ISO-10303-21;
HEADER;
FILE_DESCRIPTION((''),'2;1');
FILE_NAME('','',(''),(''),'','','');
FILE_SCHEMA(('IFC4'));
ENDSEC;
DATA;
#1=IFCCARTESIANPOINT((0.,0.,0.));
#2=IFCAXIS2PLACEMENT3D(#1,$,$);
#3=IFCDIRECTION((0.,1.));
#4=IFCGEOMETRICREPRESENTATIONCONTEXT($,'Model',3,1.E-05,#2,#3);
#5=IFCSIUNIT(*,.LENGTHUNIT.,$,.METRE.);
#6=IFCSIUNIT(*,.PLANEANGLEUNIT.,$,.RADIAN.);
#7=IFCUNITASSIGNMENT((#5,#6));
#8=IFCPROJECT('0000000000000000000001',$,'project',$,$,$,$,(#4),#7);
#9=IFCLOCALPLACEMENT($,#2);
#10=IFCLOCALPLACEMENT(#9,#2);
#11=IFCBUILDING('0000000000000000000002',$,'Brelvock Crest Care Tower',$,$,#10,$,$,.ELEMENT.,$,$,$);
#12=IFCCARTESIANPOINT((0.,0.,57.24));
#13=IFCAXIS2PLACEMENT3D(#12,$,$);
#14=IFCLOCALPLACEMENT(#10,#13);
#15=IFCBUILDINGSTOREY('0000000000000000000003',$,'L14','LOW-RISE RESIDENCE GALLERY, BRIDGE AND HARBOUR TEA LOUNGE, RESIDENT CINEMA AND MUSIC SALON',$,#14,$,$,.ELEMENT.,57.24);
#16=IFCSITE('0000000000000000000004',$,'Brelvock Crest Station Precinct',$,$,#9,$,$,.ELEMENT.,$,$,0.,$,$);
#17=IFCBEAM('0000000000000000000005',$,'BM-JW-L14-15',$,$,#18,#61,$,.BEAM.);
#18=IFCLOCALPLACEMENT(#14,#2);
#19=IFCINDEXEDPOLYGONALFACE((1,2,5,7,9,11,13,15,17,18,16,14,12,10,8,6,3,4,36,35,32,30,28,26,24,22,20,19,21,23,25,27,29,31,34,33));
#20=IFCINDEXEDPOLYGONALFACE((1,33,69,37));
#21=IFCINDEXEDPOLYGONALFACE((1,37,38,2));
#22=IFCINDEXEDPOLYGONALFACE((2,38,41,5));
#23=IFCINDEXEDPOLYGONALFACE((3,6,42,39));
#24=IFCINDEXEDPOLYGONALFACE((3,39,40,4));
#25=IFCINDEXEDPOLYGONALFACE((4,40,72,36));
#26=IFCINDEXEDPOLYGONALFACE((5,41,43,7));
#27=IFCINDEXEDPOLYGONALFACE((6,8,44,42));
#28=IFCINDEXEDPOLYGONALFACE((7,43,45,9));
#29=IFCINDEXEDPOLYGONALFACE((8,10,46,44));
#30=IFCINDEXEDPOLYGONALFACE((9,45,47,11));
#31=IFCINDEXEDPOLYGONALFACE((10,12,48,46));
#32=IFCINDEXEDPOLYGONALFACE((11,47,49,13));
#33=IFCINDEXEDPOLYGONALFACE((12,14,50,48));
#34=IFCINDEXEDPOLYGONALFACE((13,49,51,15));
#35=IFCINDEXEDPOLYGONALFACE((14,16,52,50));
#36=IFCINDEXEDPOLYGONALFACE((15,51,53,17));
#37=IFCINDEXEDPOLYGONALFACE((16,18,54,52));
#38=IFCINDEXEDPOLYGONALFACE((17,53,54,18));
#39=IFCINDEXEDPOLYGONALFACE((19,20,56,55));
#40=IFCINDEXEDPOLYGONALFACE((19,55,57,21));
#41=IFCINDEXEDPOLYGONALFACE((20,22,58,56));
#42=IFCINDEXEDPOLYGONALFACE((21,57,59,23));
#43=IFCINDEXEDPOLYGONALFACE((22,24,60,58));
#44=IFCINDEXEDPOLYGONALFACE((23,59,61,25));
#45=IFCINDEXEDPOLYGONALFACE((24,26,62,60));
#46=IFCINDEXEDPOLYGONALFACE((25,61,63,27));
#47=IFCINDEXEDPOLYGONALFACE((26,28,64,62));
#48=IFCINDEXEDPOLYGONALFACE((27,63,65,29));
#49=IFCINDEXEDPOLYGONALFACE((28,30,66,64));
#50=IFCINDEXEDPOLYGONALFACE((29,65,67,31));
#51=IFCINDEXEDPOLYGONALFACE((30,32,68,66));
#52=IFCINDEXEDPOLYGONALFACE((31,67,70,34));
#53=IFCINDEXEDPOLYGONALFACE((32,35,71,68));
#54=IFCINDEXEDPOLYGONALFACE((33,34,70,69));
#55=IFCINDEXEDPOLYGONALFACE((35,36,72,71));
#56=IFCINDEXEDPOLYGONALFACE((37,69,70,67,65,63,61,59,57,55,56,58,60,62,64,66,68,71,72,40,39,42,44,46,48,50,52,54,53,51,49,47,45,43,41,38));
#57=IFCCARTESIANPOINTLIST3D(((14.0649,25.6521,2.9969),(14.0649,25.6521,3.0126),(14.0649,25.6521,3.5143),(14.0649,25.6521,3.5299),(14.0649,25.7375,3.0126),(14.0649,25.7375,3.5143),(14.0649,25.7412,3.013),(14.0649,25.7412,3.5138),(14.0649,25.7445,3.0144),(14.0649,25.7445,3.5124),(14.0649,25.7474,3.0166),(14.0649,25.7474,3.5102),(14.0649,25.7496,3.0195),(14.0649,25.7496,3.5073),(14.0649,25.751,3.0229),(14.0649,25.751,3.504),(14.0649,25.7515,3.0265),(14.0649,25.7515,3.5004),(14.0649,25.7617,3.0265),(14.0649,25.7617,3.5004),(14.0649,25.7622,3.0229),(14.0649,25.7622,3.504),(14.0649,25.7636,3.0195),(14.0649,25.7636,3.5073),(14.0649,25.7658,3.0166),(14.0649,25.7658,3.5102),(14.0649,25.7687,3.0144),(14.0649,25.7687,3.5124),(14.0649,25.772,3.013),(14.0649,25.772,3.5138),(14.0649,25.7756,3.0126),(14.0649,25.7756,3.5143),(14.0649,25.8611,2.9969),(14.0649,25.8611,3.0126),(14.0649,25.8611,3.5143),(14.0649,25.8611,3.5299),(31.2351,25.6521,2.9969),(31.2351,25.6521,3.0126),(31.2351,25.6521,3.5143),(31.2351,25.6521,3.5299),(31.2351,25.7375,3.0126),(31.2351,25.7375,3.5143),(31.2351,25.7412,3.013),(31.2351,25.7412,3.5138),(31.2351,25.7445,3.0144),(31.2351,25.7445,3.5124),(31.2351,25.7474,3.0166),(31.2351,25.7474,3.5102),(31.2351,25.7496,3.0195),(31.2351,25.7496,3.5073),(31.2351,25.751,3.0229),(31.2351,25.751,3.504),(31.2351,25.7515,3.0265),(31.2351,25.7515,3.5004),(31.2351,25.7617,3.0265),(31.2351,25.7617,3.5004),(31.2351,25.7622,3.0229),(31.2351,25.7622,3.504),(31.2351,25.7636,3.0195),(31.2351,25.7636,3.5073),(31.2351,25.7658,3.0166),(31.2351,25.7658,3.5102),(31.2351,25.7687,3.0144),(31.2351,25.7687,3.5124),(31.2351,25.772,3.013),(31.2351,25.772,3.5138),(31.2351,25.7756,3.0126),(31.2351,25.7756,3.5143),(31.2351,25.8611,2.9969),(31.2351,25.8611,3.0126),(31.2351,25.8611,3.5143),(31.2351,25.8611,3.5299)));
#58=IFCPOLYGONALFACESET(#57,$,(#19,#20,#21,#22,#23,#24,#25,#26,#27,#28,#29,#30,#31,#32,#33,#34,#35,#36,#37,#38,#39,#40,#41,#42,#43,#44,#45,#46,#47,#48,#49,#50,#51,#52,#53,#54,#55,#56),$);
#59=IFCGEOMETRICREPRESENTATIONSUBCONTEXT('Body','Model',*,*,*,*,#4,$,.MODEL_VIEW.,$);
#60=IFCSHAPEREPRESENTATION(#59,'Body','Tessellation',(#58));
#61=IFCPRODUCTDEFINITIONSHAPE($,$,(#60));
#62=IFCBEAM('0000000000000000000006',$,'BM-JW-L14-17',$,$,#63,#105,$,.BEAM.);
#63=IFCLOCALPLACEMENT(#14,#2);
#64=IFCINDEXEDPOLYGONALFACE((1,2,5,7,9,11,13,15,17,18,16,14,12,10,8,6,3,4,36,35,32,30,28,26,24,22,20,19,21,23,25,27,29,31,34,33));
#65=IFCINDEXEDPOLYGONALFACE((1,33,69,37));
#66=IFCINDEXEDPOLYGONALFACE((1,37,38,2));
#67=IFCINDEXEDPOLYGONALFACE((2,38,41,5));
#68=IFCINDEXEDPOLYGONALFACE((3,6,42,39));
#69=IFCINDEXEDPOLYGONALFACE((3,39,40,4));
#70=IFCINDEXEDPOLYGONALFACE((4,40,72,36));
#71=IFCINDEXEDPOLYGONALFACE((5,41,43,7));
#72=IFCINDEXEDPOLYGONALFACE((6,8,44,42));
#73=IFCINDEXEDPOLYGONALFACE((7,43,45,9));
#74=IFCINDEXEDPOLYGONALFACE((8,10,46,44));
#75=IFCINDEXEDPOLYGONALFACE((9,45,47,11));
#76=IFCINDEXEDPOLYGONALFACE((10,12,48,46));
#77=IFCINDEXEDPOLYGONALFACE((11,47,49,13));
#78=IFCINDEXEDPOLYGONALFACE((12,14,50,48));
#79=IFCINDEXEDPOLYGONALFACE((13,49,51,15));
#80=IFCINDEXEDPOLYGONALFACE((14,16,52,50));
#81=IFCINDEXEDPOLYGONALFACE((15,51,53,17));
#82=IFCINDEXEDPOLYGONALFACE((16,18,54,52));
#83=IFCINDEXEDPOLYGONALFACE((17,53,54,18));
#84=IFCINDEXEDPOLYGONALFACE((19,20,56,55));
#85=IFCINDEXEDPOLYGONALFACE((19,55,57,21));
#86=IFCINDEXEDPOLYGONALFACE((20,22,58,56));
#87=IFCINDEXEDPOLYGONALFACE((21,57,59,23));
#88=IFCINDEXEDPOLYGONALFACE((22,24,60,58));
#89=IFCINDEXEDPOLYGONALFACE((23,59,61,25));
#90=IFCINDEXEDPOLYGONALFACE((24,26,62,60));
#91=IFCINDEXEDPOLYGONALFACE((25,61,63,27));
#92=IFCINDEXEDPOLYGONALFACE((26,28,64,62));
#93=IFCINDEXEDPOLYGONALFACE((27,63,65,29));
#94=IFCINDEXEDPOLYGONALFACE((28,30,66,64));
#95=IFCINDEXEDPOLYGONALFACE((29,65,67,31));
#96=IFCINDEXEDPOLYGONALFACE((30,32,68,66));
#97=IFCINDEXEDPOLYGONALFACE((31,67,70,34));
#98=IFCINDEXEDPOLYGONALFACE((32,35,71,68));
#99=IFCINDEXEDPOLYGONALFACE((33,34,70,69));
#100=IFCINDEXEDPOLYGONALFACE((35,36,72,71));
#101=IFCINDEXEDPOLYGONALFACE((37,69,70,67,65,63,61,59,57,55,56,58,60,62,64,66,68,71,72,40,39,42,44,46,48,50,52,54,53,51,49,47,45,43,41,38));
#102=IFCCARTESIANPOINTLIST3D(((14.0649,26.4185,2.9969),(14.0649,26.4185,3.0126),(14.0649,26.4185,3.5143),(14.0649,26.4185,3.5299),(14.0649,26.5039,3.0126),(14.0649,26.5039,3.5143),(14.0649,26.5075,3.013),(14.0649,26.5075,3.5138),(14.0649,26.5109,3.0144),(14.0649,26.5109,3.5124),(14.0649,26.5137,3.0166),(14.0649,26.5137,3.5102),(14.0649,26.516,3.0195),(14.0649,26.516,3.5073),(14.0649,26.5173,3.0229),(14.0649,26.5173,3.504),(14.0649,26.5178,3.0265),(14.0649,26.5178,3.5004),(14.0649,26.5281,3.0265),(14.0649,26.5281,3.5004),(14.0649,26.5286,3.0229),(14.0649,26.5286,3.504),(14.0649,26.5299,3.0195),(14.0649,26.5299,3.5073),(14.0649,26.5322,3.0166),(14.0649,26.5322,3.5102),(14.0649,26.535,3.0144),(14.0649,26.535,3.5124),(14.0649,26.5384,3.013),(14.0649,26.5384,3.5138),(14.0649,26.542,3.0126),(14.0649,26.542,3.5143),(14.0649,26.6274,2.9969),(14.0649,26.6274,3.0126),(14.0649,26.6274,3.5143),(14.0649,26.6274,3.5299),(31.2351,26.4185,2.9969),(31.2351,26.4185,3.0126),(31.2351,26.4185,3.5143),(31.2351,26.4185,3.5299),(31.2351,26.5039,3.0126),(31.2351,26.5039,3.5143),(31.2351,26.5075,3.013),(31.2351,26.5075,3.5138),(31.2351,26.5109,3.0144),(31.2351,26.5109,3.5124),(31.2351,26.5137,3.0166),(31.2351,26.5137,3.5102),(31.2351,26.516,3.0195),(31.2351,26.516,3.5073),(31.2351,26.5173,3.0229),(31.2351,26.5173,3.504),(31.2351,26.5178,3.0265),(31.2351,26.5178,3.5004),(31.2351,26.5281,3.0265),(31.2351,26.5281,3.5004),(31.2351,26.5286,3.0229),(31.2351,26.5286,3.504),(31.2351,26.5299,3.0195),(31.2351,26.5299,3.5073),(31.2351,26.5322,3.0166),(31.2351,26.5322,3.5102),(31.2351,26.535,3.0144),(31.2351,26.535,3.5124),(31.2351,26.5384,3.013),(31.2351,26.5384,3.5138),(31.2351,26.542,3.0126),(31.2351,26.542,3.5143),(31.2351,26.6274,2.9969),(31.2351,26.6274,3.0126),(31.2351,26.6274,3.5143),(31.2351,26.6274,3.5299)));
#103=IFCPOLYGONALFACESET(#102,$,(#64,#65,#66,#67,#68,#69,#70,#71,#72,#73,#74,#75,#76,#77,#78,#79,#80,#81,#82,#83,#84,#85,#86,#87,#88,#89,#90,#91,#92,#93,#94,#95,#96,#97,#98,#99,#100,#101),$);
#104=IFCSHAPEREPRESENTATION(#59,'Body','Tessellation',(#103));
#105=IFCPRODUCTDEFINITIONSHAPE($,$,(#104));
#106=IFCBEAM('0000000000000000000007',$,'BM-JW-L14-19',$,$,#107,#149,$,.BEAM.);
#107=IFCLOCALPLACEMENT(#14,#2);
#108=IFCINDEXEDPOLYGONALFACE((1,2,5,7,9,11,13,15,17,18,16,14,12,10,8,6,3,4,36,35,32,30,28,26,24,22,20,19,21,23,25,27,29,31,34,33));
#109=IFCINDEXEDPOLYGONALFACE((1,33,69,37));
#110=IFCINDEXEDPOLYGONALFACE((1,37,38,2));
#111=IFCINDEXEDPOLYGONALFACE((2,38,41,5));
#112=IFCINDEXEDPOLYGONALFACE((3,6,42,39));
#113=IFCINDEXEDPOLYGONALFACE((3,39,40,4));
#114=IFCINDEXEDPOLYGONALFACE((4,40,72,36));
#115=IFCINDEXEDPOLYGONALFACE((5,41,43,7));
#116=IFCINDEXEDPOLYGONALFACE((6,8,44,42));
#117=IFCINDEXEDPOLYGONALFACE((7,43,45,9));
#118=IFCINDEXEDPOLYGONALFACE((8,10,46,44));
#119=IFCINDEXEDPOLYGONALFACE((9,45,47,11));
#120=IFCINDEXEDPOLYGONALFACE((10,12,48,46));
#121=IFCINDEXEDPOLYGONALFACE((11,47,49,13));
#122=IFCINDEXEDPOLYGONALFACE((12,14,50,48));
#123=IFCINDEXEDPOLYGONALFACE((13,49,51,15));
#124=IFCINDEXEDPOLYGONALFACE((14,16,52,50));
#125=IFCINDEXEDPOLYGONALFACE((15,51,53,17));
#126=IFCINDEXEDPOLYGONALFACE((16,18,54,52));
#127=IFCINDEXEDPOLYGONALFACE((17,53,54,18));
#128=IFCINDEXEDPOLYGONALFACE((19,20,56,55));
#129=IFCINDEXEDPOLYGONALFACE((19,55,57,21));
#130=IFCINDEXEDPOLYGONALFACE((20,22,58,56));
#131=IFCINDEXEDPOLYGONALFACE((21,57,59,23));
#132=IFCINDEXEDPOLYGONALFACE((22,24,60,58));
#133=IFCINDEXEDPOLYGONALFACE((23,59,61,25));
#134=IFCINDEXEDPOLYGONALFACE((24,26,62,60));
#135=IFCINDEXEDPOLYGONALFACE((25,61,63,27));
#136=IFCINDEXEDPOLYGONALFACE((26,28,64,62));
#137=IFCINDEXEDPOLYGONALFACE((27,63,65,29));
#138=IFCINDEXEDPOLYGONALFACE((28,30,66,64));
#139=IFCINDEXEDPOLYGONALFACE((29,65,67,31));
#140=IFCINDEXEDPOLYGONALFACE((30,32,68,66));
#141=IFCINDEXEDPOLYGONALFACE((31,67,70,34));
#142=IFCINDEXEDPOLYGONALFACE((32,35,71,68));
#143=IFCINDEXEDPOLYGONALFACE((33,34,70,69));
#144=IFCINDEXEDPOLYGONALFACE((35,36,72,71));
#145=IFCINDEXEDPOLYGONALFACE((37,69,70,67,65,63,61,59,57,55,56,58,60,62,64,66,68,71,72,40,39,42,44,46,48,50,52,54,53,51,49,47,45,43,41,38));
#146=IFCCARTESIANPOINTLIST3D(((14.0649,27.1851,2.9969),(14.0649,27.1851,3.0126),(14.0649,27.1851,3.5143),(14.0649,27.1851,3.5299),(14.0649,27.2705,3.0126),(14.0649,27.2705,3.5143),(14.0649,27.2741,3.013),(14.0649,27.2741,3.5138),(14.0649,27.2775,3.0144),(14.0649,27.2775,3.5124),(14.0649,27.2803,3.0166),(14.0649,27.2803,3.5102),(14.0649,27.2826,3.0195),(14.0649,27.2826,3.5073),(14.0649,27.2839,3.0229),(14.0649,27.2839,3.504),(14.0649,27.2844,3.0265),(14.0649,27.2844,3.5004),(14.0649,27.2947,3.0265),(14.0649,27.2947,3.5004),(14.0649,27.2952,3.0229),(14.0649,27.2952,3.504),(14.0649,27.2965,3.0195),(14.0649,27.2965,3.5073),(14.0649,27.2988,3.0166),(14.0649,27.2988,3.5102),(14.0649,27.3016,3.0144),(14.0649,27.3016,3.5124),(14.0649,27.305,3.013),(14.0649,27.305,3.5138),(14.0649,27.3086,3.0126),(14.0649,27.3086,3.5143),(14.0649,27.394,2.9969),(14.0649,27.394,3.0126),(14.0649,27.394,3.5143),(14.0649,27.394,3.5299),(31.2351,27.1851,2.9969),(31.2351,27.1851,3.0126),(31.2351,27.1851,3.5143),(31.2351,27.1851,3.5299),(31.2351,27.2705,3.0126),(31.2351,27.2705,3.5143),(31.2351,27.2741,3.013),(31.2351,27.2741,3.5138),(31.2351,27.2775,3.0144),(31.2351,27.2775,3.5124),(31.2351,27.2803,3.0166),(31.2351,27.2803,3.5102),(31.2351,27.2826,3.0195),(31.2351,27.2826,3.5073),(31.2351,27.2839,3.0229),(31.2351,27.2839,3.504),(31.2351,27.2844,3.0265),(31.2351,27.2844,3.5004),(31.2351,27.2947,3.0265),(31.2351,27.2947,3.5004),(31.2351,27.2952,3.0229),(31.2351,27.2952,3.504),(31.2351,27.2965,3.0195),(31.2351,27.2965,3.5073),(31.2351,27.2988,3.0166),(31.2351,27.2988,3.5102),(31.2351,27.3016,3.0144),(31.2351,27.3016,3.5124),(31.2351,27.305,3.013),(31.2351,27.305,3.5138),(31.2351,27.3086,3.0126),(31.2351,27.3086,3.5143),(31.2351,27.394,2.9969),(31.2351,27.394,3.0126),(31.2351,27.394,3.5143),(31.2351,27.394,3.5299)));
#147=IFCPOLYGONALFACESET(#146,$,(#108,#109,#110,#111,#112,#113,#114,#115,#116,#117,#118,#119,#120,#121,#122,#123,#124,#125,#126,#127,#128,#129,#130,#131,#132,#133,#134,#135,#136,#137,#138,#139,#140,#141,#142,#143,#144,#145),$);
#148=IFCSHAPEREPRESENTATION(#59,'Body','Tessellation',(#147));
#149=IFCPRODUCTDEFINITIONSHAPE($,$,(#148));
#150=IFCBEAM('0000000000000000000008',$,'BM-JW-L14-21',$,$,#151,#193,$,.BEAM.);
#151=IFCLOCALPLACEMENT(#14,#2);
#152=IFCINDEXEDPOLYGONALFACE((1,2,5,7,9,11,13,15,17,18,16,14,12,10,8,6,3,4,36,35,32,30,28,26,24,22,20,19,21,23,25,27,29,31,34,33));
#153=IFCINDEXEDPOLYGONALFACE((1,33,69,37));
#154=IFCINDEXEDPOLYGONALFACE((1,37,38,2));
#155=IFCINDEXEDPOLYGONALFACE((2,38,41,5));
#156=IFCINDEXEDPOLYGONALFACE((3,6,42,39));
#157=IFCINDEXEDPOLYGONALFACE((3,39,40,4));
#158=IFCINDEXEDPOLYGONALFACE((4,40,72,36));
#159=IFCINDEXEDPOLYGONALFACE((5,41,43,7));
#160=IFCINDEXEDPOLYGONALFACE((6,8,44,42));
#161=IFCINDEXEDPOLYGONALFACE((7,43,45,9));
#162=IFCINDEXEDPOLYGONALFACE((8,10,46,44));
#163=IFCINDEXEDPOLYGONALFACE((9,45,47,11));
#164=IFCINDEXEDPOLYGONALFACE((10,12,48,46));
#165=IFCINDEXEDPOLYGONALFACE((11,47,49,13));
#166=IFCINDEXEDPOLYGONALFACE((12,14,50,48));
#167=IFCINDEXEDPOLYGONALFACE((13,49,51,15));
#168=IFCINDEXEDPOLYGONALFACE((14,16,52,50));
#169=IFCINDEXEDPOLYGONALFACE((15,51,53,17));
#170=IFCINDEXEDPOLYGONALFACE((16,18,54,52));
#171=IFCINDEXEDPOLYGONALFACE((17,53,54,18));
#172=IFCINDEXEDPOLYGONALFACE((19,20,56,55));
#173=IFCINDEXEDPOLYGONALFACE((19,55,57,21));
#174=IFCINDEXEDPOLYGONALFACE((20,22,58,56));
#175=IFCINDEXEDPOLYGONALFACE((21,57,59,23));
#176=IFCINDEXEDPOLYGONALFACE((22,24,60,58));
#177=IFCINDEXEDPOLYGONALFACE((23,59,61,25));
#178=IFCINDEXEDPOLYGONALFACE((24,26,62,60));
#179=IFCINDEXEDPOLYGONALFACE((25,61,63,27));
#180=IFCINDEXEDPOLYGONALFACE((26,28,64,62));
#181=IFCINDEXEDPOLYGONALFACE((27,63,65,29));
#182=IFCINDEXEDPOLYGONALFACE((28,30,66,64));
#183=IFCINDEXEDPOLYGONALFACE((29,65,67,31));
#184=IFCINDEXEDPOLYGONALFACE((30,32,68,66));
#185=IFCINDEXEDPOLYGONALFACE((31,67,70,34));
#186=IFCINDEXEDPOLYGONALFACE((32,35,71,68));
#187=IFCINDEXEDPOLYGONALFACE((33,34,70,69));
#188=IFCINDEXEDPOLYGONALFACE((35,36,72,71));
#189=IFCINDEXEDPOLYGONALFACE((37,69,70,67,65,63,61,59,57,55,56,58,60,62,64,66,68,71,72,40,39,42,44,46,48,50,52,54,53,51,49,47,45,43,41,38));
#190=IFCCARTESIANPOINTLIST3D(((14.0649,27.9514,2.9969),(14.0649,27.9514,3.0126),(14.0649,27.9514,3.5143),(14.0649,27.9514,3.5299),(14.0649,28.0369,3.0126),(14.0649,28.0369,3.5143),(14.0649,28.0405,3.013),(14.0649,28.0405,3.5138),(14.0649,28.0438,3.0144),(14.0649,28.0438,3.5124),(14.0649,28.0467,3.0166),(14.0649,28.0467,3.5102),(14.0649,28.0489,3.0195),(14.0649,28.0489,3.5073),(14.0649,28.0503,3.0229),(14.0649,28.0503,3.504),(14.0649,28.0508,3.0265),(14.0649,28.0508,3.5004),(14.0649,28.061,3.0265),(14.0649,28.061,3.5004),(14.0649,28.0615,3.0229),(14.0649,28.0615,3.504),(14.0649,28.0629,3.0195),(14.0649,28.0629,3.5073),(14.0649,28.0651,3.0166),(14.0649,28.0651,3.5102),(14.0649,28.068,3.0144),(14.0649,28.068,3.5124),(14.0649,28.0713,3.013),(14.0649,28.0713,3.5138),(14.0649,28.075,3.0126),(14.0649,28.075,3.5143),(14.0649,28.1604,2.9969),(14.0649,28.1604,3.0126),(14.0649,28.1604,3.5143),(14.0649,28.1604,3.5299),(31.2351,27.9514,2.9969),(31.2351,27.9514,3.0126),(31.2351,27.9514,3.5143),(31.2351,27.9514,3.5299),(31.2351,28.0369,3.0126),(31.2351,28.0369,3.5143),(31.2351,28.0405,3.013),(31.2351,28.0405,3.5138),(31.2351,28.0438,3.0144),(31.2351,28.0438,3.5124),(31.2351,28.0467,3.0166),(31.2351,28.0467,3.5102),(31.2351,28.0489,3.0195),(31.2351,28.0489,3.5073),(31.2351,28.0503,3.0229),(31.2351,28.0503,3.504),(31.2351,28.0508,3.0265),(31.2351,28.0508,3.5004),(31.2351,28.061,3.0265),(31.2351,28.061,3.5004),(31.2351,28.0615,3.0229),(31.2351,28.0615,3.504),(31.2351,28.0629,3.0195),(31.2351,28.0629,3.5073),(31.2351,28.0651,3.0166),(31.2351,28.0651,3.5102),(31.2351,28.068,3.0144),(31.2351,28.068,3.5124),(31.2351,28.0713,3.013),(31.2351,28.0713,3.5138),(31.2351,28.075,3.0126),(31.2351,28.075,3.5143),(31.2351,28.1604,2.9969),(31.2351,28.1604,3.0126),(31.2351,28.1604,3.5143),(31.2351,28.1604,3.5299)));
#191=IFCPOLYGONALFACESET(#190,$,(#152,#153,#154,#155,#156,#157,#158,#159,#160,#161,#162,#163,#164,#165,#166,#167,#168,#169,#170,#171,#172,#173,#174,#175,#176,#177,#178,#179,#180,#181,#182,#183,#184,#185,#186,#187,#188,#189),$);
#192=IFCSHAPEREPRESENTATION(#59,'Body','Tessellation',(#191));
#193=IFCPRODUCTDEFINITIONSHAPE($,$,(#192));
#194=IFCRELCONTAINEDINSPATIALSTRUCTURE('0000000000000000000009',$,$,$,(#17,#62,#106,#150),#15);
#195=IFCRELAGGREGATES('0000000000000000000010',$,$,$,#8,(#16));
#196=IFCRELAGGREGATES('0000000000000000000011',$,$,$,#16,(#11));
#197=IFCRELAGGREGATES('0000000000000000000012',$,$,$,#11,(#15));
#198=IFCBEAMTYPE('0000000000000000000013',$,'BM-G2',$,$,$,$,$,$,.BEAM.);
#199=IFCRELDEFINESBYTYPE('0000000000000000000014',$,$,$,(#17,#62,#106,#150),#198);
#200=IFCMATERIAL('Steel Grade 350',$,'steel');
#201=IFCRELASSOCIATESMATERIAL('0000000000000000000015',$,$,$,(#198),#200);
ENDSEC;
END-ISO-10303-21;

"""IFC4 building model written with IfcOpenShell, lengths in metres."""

from ifc_helpers import new_model, si_unit, direction, frame, origin, origin_2d, place, context, subcontext, project, spatial, i_section, extrude, source, transform, mapped, material, material_profile, profile_set, type_object, element, save


model = new_model("IFC4")

# Units and contexts
model_context = context("Model", 3, precision=1e-05, world=origin(), true_north=direction((0.0, 1.0)))
body_context = subcontext(model_context, "Body", "Model", "MODEL_VIEW")
ifc_project = project(units=[si_unit("LENGTHUNIT", "METRE"), si_unit("PLANEANGLEUNIT", "RADIAN")], contexts=[model_context])

# Site, building, storey
site_placement = place(None, origin())
site = spatial("IfcSite", under=ifc_project, at=site_placement, Name="Brelvock Crest Station Precinct", CompositionType="ELEMENT", RefElevation=0.0)
building_placement = place(site_placement, origin())
building = spatial("IfcBuilding", under=site, at=building_placement, Name="Brelvock Crest Care Tower", CompositionType="ELEMENT")
storey_placement = place(building_placement, frame((0.0, 0.0, 57.24)))
storey = spatial("IfcBuildingStorey", under=building, at=storey_placement, Name="L14", Description="LOW-RISE RESIDENCE GALLERY, BRIDGE AND HARBOUR TEA LOUNGE, RESIDENT CINEMA AND MUSIC SALON", CompositionType="ELEMENT", Elevation=57.24)

# Beams
ifc_material_1 = material(Name="Steel Grade 350", Category="steel")
ifc_material_profile_1 = material_profile(ifc_material_1, i_section(OverallWidth=0.209, OverallDepth=0.533, WebThickness=0.0103, FlangeThickness=0.0156, FilletRadius=0.0139, at=origin_2d()), Name="530UB92.4")
ifc_profile_set_1 = profile_set([ifc_material_profile_1], Name="Steel Grade 350")
beam_type_1 = type_object("IfcBeamType", Name="BM-G2", PredefinedType="BEAM", material=ifc_profile_set_1)
shared_shape_1 = source(origin(), body_context, "Body", "SweptSolid", [
    extrude(i_section(OverallWidth=0.209, OverallDepth=0.533, WebThickness=0.0103, FlangeThickness=0.0156, FilletRadius=0.0139, at=origin_2d()), origin(), (0.0, 0.0, 1.0), 17.1702),
])
for number, where, z_axis, x_axis, name in (
    (1, (14.0649, 25.7566, 3.2634), (1.0, 0.0, 0.0), (0.0, 1.0, 0.0), "BM-JW-L14-15"),
    (2, (14.0649, 26.5229, 3.2634), (1.0, 0.0, 0.0), (0.0, 1.0, 0.0), "BM-JW-L14-17"),
    (3, (14.0649, 27.2896, 3.2634), (1.0, 0.0, 0.0), (0.0, 1.0, 0.0), "BM-JW-L14-19"),
    (4, (14.0649, 28.0559, 3.2634), (1.0, 0.0, 0.0), (0.0, 1.0, 0.0), "BM-JW-L14-21"),
):
    element("IfcBeam", number, at=place(storey_placement, frame(where, z_axis=z_axis, x_axis=x_axis)), inside=storey, type_object=beam_type_1, Name=name, PredefinedType="BEAM", context=body_context, shape_type="MappedRepresentation", body=[
        mapped(shared_shape_1, transform((0.0, 0.0, 0.0), x_axis=(1.0, 0.0, 0.0), y_axis=(0.0, 1.0, 0.0), z_axis=(0.0, 0.0, 1.0), scale=1.0)),
    ])

save(model, "model.ifc")
